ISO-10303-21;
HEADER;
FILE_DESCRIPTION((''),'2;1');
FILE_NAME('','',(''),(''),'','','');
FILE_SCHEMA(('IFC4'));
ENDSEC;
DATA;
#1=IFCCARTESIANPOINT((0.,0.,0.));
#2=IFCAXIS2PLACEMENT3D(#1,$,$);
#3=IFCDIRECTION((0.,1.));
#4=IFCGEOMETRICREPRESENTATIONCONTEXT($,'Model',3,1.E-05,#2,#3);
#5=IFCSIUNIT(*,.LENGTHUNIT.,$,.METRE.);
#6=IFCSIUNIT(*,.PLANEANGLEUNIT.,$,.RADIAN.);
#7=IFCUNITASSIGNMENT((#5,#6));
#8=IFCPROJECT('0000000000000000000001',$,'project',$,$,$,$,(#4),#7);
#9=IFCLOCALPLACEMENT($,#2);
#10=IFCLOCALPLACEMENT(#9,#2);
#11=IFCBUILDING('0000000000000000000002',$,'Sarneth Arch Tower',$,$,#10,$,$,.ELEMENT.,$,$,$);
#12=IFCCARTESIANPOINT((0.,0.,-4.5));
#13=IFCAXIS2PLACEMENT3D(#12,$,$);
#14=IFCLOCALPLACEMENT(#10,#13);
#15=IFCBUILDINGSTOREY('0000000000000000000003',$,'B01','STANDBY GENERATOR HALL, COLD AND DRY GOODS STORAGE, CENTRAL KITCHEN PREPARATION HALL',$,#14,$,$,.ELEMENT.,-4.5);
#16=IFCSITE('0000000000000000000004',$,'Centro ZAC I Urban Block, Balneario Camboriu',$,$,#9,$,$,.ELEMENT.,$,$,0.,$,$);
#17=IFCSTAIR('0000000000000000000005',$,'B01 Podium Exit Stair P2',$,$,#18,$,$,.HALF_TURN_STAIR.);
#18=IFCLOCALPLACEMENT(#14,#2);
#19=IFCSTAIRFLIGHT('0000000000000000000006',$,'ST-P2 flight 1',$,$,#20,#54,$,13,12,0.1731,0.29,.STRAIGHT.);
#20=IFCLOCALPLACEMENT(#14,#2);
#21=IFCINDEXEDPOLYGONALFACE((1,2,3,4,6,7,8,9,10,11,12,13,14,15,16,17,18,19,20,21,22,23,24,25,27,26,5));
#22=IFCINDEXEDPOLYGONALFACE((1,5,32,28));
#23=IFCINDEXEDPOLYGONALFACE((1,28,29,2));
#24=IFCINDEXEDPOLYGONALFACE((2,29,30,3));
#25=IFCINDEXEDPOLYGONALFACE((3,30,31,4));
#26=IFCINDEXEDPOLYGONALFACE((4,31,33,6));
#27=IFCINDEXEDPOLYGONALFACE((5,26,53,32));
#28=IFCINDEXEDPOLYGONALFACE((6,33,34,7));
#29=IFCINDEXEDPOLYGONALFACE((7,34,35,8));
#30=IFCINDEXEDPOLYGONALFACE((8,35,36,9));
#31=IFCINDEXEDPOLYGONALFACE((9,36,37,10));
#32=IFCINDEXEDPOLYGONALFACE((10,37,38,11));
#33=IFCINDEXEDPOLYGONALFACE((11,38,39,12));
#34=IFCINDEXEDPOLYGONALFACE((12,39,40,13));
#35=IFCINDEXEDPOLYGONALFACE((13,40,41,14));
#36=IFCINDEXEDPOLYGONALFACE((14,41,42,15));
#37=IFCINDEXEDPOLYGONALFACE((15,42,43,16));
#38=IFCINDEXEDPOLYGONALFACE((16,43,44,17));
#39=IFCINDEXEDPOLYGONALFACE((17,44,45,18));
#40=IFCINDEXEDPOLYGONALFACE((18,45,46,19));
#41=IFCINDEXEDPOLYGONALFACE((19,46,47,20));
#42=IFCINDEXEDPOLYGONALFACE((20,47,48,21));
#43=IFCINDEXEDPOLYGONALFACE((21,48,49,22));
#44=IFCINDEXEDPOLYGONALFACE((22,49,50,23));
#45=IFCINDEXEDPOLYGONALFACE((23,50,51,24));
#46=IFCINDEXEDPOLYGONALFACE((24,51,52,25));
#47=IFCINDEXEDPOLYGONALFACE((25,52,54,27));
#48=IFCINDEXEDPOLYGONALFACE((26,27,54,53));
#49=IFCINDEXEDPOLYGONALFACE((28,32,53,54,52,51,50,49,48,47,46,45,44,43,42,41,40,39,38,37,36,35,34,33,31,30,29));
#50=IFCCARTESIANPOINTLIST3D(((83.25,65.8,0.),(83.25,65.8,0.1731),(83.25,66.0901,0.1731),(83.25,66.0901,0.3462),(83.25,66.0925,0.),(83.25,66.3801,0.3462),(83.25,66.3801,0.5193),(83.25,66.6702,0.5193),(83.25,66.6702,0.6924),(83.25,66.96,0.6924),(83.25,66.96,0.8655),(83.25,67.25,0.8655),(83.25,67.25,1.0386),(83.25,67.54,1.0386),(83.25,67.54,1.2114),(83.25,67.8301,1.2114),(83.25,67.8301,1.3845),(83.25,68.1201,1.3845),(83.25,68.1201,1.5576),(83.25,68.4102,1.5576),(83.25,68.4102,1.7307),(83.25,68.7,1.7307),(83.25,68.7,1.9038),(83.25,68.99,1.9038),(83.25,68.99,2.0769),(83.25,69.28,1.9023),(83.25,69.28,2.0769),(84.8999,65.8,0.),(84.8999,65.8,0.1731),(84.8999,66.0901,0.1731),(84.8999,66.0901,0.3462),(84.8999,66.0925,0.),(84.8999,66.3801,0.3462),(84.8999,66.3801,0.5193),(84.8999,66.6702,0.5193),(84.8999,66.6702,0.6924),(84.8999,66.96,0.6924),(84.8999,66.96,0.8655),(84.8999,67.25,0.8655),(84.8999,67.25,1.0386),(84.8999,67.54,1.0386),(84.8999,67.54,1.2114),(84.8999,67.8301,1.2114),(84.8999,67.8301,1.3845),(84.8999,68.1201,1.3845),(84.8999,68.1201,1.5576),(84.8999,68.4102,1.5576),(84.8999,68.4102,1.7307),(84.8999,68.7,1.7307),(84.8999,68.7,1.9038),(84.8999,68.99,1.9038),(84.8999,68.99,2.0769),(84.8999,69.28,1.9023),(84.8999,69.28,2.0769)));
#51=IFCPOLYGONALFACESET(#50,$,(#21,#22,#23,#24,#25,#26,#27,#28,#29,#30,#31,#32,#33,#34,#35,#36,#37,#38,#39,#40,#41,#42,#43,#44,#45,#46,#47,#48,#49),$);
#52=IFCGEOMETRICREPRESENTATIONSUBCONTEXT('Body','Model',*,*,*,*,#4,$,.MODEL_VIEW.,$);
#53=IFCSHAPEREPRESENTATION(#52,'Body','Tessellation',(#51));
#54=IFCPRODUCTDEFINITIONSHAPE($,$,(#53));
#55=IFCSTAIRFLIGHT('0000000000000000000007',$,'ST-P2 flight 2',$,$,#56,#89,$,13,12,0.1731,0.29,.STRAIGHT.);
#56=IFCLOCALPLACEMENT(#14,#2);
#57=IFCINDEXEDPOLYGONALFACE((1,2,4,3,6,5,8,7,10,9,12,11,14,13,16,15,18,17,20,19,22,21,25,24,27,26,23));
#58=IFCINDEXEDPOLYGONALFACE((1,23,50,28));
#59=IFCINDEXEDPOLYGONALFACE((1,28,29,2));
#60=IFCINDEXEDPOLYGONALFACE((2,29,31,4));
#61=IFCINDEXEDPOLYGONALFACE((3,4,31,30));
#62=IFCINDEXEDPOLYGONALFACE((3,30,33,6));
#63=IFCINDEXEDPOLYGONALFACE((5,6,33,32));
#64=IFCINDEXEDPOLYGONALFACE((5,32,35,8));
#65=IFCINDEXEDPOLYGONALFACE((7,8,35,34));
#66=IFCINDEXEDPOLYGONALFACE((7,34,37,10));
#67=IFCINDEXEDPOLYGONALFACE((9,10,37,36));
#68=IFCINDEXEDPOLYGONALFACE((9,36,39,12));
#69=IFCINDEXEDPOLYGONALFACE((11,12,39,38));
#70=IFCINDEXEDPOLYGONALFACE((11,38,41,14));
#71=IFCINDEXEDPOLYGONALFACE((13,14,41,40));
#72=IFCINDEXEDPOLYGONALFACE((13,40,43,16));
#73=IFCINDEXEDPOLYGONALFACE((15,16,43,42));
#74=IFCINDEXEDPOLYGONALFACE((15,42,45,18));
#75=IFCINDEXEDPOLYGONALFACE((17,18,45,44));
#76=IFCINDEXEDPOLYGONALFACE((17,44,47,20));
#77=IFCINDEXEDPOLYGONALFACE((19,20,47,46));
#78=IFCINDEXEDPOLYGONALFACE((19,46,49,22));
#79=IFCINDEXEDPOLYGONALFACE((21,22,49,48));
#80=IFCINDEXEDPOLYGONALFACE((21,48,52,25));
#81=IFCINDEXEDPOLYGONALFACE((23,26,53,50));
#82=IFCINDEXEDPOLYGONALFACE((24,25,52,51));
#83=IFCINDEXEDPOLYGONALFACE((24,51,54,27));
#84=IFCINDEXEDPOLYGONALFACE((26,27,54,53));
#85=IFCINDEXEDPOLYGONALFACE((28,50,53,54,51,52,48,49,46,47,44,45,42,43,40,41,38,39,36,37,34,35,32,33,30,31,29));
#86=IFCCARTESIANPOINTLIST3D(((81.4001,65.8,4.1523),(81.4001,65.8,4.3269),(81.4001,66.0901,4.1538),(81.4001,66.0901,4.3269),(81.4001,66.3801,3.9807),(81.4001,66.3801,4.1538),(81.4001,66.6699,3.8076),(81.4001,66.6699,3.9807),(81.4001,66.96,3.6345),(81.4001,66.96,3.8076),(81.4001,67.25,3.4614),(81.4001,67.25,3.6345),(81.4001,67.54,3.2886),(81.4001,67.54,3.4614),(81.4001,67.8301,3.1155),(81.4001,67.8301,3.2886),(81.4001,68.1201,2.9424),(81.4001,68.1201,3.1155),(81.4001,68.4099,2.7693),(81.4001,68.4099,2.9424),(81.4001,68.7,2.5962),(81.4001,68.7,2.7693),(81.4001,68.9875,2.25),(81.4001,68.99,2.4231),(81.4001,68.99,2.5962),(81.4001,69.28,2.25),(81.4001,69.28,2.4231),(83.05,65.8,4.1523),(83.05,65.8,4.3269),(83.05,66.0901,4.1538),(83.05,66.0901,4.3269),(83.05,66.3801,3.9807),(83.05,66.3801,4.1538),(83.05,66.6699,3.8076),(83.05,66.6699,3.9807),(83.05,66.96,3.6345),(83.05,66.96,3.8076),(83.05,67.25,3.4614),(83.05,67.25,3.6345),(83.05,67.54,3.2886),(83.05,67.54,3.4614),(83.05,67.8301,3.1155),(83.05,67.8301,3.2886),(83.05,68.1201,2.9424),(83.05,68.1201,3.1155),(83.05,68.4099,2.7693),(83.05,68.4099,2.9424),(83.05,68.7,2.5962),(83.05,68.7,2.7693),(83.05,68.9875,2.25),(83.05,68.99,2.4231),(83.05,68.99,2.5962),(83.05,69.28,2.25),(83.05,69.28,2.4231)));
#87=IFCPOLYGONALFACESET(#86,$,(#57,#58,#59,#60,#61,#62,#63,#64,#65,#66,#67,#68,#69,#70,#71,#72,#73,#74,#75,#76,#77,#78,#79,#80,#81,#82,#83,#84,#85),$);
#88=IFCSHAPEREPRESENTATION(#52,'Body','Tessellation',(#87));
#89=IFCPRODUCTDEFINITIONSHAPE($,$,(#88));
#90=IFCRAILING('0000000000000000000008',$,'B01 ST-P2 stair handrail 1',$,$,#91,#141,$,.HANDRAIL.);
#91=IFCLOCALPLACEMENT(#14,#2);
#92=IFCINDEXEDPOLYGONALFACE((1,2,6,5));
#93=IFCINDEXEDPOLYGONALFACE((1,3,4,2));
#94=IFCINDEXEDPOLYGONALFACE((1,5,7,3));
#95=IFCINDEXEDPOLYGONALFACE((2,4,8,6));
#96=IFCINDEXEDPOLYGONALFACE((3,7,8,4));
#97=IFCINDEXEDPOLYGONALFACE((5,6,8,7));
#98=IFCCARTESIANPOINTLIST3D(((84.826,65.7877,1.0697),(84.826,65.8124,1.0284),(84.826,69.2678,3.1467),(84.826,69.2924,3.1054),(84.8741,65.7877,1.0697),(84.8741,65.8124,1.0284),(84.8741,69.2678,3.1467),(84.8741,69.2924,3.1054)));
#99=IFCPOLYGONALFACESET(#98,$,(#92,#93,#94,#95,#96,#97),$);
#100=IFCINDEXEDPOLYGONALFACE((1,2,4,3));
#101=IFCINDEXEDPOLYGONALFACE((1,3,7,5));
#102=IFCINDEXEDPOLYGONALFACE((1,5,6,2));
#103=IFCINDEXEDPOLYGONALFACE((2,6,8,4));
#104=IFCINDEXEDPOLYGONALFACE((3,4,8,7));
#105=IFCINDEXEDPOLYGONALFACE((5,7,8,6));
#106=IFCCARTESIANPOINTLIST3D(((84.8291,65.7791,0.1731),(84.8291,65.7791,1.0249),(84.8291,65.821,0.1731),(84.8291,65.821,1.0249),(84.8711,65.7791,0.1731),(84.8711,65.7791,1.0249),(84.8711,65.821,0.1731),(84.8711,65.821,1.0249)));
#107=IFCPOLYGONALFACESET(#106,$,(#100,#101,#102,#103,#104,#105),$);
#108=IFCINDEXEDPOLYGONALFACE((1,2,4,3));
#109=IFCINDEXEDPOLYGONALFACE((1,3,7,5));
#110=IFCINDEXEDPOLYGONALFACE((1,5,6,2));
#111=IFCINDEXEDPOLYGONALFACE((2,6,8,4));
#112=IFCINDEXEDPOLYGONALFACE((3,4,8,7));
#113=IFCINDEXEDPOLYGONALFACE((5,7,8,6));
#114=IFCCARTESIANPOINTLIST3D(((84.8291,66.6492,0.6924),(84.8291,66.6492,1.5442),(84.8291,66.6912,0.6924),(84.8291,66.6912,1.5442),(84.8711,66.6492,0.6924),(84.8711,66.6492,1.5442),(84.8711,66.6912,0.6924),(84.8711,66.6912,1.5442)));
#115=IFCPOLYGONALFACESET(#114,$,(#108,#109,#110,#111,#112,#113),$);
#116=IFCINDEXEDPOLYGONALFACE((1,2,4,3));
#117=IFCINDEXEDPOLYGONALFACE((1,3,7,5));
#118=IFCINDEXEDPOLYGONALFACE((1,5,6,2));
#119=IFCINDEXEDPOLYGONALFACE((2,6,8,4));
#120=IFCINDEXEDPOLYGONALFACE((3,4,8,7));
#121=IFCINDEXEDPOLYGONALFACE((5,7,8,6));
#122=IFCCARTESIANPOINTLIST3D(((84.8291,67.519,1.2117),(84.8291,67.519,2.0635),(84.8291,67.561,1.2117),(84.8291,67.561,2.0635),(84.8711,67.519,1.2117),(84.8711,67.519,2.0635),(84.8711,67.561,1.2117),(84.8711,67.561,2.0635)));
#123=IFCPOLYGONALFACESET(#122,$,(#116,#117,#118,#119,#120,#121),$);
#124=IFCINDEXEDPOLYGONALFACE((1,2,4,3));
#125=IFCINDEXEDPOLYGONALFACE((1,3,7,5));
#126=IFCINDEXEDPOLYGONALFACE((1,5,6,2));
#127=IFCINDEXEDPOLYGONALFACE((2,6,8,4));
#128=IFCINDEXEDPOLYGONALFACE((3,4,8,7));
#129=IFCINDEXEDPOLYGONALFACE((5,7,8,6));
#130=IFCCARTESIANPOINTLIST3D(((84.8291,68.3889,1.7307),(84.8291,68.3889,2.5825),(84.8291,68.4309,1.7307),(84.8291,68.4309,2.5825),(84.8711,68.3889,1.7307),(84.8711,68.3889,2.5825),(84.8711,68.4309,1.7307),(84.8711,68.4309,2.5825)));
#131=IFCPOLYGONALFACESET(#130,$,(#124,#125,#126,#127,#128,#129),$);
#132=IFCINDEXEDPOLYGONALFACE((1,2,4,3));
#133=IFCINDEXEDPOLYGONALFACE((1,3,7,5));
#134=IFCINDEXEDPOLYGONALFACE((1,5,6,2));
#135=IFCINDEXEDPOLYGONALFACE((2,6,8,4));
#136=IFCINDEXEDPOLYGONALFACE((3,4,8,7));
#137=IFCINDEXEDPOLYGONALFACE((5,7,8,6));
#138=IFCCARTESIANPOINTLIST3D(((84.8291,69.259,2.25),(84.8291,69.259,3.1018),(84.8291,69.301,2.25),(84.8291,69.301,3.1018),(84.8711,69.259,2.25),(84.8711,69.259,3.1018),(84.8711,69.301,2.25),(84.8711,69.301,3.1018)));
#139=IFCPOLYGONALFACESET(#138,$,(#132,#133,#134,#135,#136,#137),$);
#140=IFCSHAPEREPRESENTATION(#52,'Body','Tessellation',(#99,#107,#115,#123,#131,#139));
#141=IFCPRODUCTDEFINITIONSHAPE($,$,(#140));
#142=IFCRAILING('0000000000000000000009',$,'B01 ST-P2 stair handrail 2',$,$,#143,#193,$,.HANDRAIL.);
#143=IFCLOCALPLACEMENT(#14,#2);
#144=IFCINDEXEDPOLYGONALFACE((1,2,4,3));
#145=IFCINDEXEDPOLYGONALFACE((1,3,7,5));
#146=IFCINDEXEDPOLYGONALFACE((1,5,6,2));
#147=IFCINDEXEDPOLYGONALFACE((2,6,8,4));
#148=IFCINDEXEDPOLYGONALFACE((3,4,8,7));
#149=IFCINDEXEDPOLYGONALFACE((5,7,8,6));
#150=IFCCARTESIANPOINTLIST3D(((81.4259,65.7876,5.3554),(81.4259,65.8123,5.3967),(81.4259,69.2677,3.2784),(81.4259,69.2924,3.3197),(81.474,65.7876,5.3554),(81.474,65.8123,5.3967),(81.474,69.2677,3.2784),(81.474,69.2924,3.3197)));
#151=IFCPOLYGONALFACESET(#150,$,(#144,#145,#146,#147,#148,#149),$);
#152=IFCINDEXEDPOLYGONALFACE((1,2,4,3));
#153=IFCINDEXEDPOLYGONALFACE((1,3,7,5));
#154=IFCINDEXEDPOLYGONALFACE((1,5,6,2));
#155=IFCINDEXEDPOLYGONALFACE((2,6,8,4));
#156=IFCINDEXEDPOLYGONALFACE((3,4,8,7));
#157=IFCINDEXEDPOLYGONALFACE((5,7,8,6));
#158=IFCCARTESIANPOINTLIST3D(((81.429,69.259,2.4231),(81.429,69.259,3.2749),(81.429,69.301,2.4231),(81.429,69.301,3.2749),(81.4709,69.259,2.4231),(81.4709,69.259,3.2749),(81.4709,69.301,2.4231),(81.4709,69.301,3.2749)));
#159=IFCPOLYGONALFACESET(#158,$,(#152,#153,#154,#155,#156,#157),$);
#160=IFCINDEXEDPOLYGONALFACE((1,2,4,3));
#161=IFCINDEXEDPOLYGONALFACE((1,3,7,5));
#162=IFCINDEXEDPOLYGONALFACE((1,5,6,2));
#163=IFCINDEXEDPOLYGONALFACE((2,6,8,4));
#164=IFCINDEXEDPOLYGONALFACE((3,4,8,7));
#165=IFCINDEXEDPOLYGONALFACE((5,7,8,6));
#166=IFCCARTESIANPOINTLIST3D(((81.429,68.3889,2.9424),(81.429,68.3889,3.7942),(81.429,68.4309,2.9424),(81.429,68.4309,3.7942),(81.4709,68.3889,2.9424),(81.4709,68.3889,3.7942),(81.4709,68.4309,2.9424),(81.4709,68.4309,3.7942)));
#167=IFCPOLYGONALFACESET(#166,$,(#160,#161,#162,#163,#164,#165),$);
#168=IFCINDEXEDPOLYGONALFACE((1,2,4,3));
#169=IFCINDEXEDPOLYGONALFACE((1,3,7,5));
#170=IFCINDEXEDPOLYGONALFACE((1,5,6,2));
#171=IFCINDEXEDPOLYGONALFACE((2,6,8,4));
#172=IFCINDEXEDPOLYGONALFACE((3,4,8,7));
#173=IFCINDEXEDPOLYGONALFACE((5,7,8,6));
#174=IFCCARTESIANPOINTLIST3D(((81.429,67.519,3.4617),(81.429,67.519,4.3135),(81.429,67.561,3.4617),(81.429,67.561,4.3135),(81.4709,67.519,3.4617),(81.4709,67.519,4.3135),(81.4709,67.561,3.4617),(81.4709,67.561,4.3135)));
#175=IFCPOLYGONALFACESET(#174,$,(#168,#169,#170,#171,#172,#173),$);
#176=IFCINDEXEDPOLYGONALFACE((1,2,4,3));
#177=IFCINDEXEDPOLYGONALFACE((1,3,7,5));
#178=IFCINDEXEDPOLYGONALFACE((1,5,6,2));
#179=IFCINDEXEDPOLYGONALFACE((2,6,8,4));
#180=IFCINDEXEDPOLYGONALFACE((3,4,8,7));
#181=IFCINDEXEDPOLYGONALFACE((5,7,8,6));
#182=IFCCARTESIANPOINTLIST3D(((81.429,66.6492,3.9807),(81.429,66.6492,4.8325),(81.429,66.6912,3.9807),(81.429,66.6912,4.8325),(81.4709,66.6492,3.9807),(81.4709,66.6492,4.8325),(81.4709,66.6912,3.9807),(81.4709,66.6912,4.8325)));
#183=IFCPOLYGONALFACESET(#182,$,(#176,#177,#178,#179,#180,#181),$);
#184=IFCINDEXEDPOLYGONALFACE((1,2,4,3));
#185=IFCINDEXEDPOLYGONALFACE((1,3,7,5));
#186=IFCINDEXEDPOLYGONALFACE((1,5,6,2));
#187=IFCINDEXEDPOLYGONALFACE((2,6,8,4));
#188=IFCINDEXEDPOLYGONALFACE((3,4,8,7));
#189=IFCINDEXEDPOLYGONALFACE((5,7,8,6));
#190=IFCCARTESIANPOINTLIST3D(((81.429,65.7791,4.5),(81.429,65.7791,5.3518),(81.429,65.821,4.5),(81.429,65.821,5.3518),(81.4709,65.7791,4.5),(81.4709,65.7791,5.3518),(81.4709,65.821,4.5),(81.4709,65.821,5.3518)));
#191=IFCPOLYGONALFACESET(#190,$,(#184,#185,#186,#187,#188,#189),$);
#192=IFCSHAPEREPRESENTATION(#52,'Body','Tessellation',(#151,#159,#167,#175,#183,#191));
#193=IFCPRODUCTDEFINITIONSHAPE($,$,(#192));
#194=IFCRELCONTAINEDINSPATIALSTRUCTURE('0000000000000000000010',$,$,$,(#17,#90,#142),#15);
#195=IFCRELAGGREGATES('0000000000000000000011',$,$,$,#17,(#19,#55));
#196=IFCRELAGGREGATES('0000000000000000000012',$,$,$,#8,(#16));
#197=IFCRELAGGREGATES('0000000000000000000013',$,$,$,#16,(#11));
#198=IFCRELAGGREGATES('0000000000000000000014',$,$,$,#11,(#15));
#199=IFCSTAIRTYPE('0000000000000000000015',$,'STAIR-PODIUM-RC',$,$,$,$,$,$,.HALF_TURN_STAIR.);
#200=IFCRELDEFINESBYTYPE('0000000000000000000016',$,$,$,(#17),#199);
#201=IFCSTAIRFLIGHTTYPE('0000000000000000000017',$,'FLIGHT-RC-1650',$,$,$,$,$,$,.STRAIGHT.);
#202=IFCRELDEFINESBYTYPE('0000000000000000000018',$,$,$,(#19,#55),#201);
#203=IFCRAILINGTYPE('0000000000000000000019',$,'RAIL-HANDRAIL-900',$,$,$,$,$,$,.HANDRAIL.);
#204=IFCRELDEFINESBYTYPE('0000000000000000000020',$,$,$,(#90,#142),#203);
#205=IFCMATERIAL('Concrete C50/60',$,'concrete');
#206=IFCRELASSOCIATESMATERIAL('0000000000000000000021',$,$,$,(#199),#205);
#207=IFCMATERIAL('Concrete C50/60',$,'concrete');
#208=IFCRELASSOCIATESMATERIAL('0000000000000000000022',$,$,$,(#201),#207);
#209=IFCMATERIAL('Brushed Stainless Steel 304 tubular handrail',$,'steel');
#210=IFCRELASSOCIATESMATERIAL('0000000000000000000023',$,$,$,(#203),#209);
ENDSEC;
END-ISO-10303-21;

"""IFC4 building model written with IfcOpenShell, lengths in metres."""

from ifc_helpers import new_model, si_unit, direction, frame, origin, origin_2d, place, context, subcontext, project, spatial, polyline, rectangle, outline, extrude, material, type_object, element, aggregate, save


model = new_model("IFC4")

# Units and contexts
model_context = context("Model", 3, precision=1e-05, world=origin(), true_north=direction((0.0, 1.0)))
body_context = subcontext(model_context, "Body", "Model", "MODEL_VIEW")
ifc_project = project(units=[si_unit("LENGTHUNIT", "METRE"), si_unit("PLANEANGLEUNIT", "RADIAN")], contexts=[model_context])

# Site, building, storey
site_placement = place(None, origin())
site = spatial("IfcSite", under=ifc_project, at=site_placement, Name="Centro ZAC I Urban Block, Balneario Camboriu", CompositionType="ELEMENT", RefElevation=0.0)
building_placement = place(site_placement, origin())
building = spatial("IfcBuilding", under=site, at=building_placement, Name="Sarneth Arch Tower", CompositionType="ELEMENT")
storey_placement = place(building_placement, frame((0.0, 0.0, -4.5)))
storey = spatial("IfcBuildingStorey", under=building, at=storey_placement, Name="B01", Description="STANDBY GENERATOR HALL, COLD AND DRY GOODS STORAGE, CENTRAL KITCHEN PREPARATION HALL", CompositionType="ELEMENT", Elevation=-4.5)

# Stair, stair flights
ifc_material_1 = material(Name="Concrete C50/60", Category="concrete")
stair_type = type_object("IfcStairType", Name="STAIR-PODIUM-RC", PredefinedType="HALF_TURN_STAIR", material=ifc_material_1)
stair_placement = place(storey_placement, origin())
stair = element("IfcStair", 1, at=stair_placement, inside=storey, type_object=stair_type, Name="B01 Podium Exit Stair P2", PredefinedType="HALF_TURN_STAIR")
ifc_material_2 = material(Name="Concrete C50/60", Category="concrete")
stair_flight_type = type_object("IfcStairFlightType", Name="FLIGHT-RC-1650", PredefinedType="STRAIGHT", material=ifc_material_2)
stair_flight_1_placement = place(storey_placement, frame((84.075, 65.8, 0.0), z_axis=(0.0, 0.0, 1.0), x_axis=(0.0, 1.0, 0.0)))
stair_flight_1 = element("IfcStairFlight", 2, at=stair_flight_1_placement, type_object=stair_flight_type, Name="ST-P2 flight 1", NumberOfRisers=13, NumberOfTreads=12, PredefinedType="STRAIGHT", RiserHeight=0.1731, TreadLength=0.29, context=body_context, shape_type="SweptSolid", body=[
    extrude(outline(polyline([(0.0, 0.0), (0.0, 0.1731), (0.29, 0.1731), (0.29, 0.3462), (0.5801, 0.3462), (0.5801, 0.5193), (0.8701, 0.5193), (0.8701, 0.6924), (1.1599, 0.6924), (1.1599, 0.8655), (1.45, 0.8655), (1.45, 1.0386), (1.74, 1.0386), (1.74, 1.2114), (2.03, 1.2114), (2.03, 1.3845), (2.3201, 1.3845), (2.3201, 1.5576), (2.6101, 1.5576), (2.6101, 1.7307), (2.8999, 1.7307), (2.8999, 1.9038), (3.1899, 1.9038), (3.1899, 2.0769), (3.48, 2.0769), (3.48, 2.25), (3.48, 1.9023), (0.2925, 0.0), (0.0, 0.0)])), frame((0.0, 0.825, 0.0), z_axis=(0.0, -1.0, 0.0), x_axis=(1.0, 0.0, 0.0)), (0.0, 0.0, 1.0), 1.6499),
])
stair_flight_2_placement = place(storey_placement, frame((82.2251, 69.28, 2.25), z_axis=(0.0, 0.0, 1.0), x_axis=(0.0, -1.0, 0.0)))
stair_flight_2 = element("IfcStairFlight", 3, at=stair_flight_2_placement, type_object=stair_flight_type, Name="ST-P2 flight 2", NumberOfRisers=13, NumberOfTreads=12, PredefinedType="STRAIGHT", RiserHeight=0.1731, TreadLength=0.29, context=body_context, shape_type="SweptSolid", body=[
    extrude(outline(polyline([(0.0, 0.0), (0.0, 0.1731), (0.29, 0.1731), (0.29, 0.3462), (0.5801, 0.3462), (0.5801, 0.5193), (0.8701, 0.5193), (0.8701, 0.6924), (1.1599, 0.6924), (1.1599, 0.8655), (1.45, 0.8655), (1.45, 1.0386), (1.74, 1.0386), (1.74, 1.2114), (2.03, 1.2114), (2.03, 1.3845), (2.3201, 1.3845), (2.3201, 1.5576), (2.6101, 1.5576), (2.6101, 1.7307), (2.8999, 1.7307), (2.8999, 1.9038), (3.1899, 1.9038), (3.1899, 2.0769), (3.48, 2.0769), (3.48, 2.25), (3.48, 1.9023), (0.2925, 0.0), (0.0, 0.0)])), frame((0.0, 0.825, 0.0), z_axis=(0.0, -1.0, 0.0), x_axis=(1.0, 0.0, 0.0)), (0.0, 0.0, 1.0), 1.6499),
])
aggregate(stair, [stair_flight_1, stair_flight_2])

# Railings
ifc_material_3 = material(Name="Brushed Stainless Steel 304 tubular handrail", Category="steel")
railing_type_1 = type_object("IfcRailingType", Name="RAIL-HANDRAIL-900", PredefinedType="HANDRAIL", material=ifc_material_3)
railing_1_placement = place(storey_placement, frame((84.8501, 65.8, 0.1731)))
element("IfcRailing", 4, at=railing_1_placement, inside=storey, type_object=railing_type_1, Name="B01 ST-P2 stair handrail 1", PredefinedType="HANDRAIL", context=body_context, shape_type="SweptSolid", body=[
    extrude(rectangle(XDim=0.0481, YDim=0.0481, at=origin_2d()), frame((0.0, 0.0, 0.876), z_axis=(0.0, 0.858697, 0.512483), x_axis=(-1.0, 0.0, 0.0)), (0.0, 0.0, 1.0), 4.0527),
    extrude(rectangle(XDim=0.042, YDim=0.042, at=origin_2d()), origin(), (0.0, 0.0, 1.0), 0.8518),
    extrude(rectangle(XDim=0.042, YDim=0.042, at=origin_2d()), frame((0.0, 0.8701, 0.5193)), (0.0, 0.0, 1.0), 0.8518),
    extrude(rectangle(XDim=0.042, YDim=0.042, at=origin_2d()), frame((0.0, 1.74, 1.0386)), (0.0, 0.0, 1.0), 0.8518),
    extrude(rectangle(XDim=0.042, YDim=0.042, at=origin_2d()), frame((0.0, 2.6099, 1.5576)), (0.0, 0.0, 1.0), 0.8518),
    extrude(rectangle(XDim=0.042, YDim=0.042, at=origin_2d()), frame((0.0, 3.48, 2.0769)), (0.0, 0.0, 1.0), 0.8518),
])
railing_2_placement = place(storey_placement, frame((81.45, 69.28, 2.4231)))
element("IfcRailing", 5, at=railing_2_placement, inside=storey, type_object=railing_type_1, Name="B01 ST-P2 stair handrail 2", PredefinedType="HANDRAIL", context=body_context, shape_type="SweptSolid", body=[
    extrude(rectangle(XDim=0.0481, YDim=0.0481, at=origin_2d()), frame((0.0, 0.0, 0.876), z_axis=(0.0, -0.858697, 0.512483), x_axis=(1.0, 0.0, 0.0)), (0.0, 0.0, 1.0), 4.0527),
    extrude(rectangle(XDim=0.042, YDim=0.042, at=origin_2d()), origin(), (0.0, 0.0, 1.0), 0.8518),
    extrude(rectangle(XDim=0.042, YDim=0.042, at=origin_2d()), frame((0.0, -0.8701, 0.5193)), (0.0, 0.0, 1.0), 0.8518),
    extrude(rectangle(XDim=0.042, YDim=0.042, at=origin_2d()), frame((0.0, -1.74, 1.0386)), (0.0, 0.0, 1.0), 0.8518),
    extrude(rectangle(XDim=0.042, YDim=0.042, at=origin_2d()), frame((0.0, -2.6099, 1.5576)), (0.0, 0.0, 1.0), 0.8518),
    extrude(rectangle(XDim=0.042, YDim=0.042, at=origin_2d()), frame((0.0, -3.48, 2.0769)), (0.0, 0.0, 1.0), 0.8518),
])

save(model, "model.ifc")
